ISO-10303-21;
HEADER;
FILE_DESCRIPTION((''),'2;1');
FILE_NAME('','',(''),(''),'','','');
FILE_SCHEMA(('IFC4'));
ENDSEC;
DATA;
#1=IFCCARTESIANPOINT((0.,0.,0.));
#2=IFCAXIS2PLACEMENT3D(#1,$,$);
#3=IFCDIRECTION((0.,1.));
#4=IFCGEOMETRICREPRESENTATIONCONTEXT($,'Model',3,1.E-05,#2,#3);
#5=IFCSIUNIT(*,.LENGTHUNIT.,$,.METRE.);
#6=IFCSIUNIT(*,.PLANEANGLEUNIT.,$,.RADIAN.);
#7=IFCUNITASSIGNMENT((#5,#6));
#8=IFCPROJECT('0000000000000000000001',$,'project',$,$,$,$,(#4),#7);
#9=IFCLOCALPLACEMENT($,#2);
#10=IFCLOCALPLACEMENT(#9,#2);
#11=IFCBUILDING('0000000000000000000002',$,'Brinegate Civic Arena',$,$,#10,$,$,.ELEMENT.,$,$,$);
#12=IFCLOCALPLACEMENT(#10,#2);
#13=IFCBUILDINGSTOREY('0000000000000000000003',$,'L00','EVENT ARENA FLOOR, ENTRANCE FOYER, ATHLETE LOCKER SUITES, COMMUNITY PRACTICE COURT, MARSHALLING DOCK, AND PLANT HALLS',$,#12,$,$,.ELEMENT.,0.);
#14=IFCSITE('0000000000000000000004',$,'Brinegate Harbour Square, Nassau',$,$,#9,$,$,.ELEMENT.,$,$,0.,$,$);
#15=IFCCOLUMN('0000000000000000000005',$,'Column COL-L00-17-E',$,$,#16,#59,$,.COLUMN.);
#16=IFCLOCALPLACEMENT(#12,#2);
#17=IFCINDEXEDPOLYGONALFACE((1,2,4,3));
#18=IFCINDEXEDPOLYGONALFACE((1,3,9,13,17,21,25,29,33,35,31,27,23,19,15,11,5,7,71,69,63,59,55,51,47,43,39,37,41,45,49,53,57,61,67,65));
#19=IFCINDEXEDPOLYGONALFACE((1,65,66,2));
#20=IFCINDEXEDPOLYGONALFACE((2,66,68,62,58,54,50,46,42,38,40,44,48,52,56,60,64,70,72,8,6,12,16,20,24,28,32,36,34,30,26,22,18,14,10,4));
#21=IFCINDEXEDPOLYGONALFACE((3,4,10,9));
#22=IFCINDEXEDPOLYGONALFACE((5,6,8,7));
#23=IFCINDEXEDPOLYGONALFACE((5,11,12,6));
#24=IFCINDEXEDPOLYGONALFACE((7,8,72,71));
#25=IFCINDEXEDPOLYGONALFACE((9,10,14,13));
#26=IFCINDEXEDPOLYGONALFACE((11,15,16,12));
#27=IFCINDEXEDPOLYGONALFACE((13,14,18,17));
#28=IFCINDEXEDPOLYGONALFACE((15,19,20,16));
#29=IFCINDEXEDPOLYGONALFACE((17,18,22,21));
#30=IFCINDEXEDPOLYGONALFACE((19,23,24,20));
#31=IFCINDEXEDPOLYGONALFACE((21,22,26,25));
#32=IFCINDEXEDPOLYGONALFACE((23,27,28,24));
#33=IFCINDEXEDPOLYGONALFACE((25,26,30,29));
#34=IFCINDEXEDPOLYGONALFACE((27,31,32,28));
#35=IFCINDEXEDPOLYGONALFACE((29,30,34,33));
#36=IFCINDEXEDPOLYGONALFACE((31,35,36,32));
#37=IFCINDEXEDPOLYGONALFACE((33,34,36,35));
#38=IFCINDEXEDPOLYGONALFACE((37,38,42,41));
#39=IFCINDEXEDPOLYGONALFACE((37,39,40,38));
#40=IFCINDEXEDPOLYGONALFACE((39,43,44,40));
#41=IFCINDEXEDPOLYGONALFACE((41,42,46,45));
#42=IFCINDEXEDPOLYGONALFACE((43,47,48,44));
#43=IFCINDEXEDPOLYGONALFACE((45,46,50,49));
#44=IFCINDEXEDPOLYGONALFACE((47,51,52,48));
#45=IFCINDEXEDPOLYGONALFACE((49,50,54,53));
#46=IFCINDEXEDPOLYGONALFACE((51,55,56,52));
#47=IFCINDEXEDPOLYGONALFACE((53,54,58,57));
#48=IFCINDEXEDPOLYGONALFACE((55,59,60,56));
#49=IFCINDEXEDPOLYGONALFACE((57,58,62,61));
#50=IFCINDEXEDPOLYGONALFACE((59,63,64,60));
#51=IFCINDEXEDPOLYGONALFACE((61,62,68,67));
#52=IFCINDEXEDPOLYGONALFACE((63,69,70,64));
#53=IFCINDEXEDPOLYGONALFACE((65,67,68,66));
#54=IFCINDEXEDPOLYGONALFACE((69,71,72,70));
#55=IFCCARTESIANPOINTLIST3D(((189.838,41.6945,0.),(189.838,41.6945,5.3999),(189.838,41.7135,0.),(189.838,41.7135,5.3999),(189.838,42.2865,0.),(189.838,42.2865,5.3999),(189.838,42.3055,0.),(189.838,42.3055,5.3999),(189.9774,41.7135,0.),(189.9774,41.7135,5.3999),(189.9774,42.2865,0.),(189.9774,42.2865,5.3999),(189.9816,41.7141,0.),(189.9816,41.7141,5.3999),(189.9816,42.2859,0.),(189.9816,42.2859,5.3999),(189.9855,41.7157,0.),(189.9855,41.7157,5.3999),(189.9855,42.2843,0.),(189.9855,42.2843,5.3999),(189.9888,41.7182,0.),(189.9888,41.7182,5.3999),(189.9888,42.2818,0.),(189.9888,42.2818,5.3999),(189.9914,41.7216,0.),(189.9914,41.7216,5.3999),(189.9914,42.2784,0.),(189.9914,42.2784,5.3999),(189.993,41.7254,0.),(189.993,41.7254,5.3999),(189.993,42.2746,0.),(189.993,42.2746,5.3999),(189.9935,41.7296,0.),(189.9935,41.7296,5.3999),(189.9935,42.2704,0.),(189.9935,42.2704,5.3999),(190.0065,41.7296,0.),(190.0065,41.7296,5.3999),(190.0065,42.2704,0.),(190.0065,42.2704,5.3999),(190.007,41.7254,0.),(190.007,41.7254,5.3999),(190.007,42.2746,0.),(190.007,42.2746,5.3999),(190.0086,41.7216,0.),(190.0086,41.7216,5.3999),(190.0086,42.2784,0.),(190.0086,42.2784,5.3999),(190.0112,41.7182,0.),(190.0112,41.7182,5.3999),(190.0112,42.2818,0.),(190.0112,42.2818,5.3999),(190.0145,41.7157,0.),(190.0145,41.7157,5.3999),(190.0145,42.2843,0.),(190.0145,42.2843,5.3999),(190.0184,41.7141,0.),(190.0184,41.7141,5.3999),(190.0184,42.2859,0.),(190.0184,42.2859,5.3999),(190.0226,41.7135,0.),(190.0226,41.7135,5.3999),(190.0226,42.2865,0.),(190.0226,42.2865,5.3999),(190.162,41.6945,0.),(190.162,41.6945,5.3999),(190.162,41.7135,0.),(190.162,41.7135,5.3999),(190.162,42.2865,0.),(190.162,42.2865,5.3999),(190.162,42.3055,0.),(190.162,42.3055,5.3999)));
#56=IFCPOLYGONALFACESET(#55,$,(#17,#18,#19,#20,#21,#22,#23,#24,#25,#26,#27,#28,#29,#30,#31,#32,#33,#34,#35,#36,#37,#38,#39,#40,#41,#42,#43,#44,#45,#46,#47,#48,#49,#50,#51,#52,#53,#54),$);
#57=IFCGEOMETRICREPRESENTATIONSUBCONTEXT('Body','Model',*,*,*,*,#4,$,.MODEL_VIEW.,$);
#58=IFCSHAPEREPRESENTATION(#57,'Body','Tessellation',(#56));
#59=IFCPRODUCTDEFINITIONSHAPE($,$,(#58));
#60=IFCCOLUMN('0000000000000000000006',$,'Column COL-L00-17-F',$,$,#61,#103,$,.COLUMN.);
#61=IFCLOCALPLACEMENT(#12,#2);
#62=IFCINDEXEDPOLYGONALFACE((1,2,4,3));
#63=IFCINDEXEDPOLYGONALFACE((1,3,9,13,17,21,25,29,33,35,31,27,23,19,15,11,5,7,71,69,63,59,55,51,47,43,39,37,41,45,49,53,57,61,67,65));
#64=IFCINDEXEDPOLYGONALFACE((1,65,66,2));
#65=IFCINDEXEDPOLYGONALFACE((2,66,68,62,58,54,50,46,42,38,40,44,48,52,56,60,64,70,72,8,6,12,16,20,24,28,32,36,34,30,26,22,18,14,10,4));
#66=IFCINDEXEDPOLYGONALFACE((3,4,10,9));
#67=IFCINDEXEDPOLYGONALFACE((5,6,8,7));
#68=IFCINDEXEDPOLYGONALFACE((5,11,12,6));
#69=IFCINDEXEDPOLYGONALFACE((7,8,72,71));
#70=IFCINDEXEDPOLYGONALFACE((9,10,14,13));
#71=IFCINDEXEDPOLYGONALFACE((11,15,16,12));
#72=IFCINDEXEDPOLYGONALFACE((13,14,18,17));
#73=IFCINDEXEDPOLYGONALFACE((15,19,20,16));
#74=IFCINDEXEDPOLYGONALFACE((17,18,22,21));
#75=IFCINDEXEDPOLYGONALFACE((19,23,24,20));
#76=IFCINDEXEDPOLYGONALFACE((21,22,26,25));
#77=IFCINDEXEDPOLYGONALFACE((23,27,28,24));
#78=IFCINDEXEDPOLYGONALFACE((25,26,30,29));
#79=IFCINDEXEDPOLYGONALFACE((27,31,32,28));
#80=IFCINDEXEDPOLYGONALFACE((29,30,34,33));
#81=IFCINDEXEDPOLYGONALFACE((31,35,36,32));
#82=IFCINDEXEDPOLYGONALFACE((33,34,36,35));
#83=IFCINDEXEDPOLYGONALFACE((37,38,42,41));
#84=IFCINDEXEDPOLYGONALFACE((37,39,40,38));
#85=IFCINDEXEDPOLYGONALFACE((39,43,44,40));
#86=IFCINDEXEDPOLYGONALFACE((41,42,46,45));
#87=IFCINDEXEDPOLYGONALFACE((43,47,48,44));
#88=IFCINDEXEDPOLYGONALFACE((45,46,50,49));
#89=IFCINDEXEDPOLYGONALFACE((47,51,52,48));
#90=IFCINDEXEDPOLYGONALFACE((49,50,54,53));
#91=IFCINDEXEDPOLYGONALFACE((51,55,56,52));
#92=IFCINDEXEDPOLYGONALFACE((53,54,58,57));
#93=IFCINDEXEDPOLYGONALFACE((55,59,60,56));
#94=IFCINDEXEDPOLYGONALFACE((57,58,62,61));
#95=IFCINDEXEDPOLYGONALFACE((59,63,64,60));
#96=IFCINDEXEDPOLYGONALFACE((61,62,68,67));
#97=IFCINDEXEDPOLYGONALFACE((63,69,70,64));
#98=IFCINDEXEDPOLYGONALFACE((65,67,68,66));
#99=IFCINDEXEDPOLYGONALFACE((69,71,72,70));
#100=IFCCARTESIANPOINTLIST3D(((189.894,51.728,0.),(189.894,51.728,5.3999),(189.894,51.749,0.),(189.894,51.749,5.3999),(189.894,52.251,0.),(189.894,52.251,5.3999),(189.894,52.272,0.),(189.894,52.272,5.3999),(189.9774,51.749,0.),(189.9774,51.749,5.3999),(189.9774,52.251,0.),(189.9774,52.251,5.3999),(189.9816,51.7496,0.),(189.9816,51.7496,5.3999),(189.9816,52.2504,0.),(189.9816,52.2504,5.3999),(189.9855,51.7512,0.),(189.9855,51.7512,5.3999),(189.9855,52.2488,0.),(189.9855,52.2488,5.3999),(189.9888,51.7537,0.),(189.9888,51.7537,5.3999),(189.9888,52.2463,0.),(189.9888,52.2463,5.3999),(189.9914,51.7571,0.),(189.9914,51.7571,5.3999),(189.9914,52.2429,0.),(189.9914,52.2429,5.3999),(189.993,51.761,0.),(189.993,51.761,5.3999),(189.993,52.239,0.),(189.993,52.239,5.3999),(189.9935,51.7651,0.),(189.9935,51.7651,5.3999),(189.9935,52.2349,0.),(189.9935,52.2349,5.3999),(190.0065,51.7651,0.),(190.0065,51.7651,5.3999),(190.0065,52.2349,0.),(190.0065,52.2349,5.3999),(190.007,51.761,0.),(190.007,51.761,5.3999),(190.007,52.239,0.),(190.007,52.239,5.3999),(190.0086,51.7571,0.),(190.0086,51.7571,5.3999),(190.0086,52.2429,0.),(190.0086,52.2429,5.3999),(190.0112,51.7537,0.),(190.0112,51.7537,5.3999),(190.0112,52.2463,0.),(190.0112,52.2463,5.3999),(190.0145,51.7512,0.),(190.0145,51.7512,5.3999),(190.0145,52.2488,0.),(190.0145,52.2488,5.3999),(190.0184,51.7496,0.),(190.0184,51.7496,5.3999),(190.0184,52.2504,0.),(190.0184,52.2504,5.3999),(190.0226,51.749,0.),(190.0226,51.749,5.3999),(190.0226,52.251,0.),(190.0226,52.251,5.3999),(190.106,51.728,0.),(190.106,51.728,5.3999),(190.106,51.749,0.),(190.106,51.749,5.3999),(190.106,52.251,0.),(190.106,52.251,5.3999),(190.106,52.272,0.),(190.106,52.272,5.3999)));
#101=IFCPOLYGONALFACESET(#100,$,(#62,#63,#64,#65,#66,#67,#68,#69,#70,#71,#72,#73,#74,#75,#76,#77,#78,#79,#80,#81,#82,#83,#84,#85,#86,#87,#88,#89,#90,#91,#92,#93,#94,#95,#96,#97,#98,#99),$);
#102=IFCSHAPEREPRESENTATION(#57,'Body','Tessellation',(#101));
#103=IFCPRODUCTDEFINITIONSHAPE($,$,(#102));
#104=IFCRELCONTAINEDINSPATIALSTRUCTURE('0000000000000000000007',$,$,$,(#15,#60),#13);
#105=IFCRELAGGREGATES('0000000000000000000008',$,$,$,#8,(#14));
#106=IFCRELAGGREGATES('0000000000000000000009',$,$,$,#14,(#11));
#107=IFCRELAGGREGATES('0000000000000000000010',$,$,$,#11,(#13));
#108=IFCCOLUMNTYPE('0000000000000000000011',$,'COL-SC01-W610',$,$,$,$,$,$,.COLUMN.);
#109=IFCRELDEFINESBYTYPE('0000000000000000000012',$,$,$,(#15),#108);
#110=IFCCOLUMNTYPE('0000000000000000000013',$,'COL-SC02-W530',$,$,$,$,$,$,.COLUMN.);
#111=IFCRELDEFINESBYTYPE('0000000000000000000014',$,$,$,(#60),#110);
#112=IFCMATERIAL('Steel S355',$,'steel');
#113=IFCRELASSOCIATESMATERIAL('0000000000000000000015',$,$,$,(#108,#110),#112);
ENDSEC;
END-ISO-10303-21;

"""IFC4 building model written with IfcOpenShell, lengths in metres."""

from ifc_helpers import new_model, si_unit, direction, frame, origin, origin_2d, place, context, subcontext, project, spatial, i_section, extrude, material, material_profile, profile_set, type_object, element, save


model = new_model("IFC4")

# Units and contexts
model_context = context("Model", 3, precision=1e-05, world=origin(), true_north=direction((0.0, 1.0)))
body_context = subcontext(model_context, "Body", "Model", "MODEL_VIEW")
ifc_project = project(units=[si_unit("LENGTHUNIT", "METRE"), si_unit("PLANEANGLEUNIT", "RADIAN")], contexts=[model_context])

# Site, building, storey
site_placement = place(None, origin())
site = spatial("IfcSite", under=ifc_project, at=site_placement, Name="Brinegate Harbour Square, Nassau", CompositionType="ELEMENT", RefElevation=0.0)
building_placement = place(site_placement, origin())
building = spatial("IfcBuilding", under=site, at=building_placement, Name="Brinegate Civic Arena", CompositionType="ELEMENT")
storey_placement = place(building_placement, origin())
storey = spatial("IfcBuildingStorey", under=building, at=storey_placement, Name="L00", Description="EVENT ARENA FLOOR, ENTRANCE FOYER, ATHLETE LOCKER SUITES, COMMUNITY PRACTICE COURT, MARSHALLING DOCK, AND PLANT HALLS", CompositionType="ELEMENT", Elevation=0.0)

# Columns
ifc_material_1 = material(Name="Steel S355", Category="steel")
ifc_material_profile_1 = material_profile(ifc_material_1, i_section(OverallWidth=0.324, OverallDepth=0.6111, WebThickness=0.0129, FlangeThickness=0.019, FilletRadius=0.0161, at=origin_2d()), Name="W610X155")
ifc_profile_set_1 = profile_set([ifc_material_profile_1], Name="Steel S355")
column_type_1 = type_object("IfcColumnType", Name="COL-SC01-W610", PredefinedType="COLUMN", material=ifc_profile_set_1)
column_1_placement = place(storey_placement, frame((190.0, 42.0, 0.0), z_axis=(0.0, 0.0, 1.0), x_axis=(1.0, 0.0, 0.0)))
element("IfcColumn", 1, at=column_1_placement, inside=storey, type_object=column_type_1, Name="Column COL-L00-17-E", PredefinedType="COLUMN", context=body_context, shape_type="SweptSolid", body=[
    extrude(i_section(OverallWidth=0.324, OverallDepth=0.6111, WebThickness=0.0129, FlangeThickness=0.019, FilletRadius=0.0161, at=origin_2d()), origin(), (0.0, 0.0, 1.0), 5.3999),
])
ifc_material_profile_2 = material_profile(ifc_material_1, i_section(OverallWidth=0.2119, OverallDepth=0.5439, WebThickness=0.0129, FlangeThickness=0.021, FilletRadius=0.0161, at=origin_2d()), Name="W530X123")
ifc_profile_set_2 = profile_set([ifc_material_profile_2], Name="Steel S355")
column_type_2 = type_object("IfcColumnType", Name="COL-SC02-W530", PredefinedType="COLUMN", material=ifc_profile_set_2)
column_2_placement = place(storey_placement, frame((190.0, 52.0, 0.0), z_axis=(0.0, 0.0, 1.0), x_axis=(1.0, 0.0, 0.0)))
element("IfcColumn", 2, at=column_2_placement, inside=storey, type_object=column_type_2, Name="Column COL-L00-17-F", PredefinedType="COLUMN", context=body_context, shape_type="SweptSolid", body=[
    extrude(i_section(OverallWidth=0.2119, OverallDepth=0.5439, WebThickness=0.0129, FlangeThickness=0.021, FilletRadius=0.0161, at=origin_2d()), origin(), (0.0, 0.0, 1.0), 5.3999),
])

save(model, "model.ifc")
